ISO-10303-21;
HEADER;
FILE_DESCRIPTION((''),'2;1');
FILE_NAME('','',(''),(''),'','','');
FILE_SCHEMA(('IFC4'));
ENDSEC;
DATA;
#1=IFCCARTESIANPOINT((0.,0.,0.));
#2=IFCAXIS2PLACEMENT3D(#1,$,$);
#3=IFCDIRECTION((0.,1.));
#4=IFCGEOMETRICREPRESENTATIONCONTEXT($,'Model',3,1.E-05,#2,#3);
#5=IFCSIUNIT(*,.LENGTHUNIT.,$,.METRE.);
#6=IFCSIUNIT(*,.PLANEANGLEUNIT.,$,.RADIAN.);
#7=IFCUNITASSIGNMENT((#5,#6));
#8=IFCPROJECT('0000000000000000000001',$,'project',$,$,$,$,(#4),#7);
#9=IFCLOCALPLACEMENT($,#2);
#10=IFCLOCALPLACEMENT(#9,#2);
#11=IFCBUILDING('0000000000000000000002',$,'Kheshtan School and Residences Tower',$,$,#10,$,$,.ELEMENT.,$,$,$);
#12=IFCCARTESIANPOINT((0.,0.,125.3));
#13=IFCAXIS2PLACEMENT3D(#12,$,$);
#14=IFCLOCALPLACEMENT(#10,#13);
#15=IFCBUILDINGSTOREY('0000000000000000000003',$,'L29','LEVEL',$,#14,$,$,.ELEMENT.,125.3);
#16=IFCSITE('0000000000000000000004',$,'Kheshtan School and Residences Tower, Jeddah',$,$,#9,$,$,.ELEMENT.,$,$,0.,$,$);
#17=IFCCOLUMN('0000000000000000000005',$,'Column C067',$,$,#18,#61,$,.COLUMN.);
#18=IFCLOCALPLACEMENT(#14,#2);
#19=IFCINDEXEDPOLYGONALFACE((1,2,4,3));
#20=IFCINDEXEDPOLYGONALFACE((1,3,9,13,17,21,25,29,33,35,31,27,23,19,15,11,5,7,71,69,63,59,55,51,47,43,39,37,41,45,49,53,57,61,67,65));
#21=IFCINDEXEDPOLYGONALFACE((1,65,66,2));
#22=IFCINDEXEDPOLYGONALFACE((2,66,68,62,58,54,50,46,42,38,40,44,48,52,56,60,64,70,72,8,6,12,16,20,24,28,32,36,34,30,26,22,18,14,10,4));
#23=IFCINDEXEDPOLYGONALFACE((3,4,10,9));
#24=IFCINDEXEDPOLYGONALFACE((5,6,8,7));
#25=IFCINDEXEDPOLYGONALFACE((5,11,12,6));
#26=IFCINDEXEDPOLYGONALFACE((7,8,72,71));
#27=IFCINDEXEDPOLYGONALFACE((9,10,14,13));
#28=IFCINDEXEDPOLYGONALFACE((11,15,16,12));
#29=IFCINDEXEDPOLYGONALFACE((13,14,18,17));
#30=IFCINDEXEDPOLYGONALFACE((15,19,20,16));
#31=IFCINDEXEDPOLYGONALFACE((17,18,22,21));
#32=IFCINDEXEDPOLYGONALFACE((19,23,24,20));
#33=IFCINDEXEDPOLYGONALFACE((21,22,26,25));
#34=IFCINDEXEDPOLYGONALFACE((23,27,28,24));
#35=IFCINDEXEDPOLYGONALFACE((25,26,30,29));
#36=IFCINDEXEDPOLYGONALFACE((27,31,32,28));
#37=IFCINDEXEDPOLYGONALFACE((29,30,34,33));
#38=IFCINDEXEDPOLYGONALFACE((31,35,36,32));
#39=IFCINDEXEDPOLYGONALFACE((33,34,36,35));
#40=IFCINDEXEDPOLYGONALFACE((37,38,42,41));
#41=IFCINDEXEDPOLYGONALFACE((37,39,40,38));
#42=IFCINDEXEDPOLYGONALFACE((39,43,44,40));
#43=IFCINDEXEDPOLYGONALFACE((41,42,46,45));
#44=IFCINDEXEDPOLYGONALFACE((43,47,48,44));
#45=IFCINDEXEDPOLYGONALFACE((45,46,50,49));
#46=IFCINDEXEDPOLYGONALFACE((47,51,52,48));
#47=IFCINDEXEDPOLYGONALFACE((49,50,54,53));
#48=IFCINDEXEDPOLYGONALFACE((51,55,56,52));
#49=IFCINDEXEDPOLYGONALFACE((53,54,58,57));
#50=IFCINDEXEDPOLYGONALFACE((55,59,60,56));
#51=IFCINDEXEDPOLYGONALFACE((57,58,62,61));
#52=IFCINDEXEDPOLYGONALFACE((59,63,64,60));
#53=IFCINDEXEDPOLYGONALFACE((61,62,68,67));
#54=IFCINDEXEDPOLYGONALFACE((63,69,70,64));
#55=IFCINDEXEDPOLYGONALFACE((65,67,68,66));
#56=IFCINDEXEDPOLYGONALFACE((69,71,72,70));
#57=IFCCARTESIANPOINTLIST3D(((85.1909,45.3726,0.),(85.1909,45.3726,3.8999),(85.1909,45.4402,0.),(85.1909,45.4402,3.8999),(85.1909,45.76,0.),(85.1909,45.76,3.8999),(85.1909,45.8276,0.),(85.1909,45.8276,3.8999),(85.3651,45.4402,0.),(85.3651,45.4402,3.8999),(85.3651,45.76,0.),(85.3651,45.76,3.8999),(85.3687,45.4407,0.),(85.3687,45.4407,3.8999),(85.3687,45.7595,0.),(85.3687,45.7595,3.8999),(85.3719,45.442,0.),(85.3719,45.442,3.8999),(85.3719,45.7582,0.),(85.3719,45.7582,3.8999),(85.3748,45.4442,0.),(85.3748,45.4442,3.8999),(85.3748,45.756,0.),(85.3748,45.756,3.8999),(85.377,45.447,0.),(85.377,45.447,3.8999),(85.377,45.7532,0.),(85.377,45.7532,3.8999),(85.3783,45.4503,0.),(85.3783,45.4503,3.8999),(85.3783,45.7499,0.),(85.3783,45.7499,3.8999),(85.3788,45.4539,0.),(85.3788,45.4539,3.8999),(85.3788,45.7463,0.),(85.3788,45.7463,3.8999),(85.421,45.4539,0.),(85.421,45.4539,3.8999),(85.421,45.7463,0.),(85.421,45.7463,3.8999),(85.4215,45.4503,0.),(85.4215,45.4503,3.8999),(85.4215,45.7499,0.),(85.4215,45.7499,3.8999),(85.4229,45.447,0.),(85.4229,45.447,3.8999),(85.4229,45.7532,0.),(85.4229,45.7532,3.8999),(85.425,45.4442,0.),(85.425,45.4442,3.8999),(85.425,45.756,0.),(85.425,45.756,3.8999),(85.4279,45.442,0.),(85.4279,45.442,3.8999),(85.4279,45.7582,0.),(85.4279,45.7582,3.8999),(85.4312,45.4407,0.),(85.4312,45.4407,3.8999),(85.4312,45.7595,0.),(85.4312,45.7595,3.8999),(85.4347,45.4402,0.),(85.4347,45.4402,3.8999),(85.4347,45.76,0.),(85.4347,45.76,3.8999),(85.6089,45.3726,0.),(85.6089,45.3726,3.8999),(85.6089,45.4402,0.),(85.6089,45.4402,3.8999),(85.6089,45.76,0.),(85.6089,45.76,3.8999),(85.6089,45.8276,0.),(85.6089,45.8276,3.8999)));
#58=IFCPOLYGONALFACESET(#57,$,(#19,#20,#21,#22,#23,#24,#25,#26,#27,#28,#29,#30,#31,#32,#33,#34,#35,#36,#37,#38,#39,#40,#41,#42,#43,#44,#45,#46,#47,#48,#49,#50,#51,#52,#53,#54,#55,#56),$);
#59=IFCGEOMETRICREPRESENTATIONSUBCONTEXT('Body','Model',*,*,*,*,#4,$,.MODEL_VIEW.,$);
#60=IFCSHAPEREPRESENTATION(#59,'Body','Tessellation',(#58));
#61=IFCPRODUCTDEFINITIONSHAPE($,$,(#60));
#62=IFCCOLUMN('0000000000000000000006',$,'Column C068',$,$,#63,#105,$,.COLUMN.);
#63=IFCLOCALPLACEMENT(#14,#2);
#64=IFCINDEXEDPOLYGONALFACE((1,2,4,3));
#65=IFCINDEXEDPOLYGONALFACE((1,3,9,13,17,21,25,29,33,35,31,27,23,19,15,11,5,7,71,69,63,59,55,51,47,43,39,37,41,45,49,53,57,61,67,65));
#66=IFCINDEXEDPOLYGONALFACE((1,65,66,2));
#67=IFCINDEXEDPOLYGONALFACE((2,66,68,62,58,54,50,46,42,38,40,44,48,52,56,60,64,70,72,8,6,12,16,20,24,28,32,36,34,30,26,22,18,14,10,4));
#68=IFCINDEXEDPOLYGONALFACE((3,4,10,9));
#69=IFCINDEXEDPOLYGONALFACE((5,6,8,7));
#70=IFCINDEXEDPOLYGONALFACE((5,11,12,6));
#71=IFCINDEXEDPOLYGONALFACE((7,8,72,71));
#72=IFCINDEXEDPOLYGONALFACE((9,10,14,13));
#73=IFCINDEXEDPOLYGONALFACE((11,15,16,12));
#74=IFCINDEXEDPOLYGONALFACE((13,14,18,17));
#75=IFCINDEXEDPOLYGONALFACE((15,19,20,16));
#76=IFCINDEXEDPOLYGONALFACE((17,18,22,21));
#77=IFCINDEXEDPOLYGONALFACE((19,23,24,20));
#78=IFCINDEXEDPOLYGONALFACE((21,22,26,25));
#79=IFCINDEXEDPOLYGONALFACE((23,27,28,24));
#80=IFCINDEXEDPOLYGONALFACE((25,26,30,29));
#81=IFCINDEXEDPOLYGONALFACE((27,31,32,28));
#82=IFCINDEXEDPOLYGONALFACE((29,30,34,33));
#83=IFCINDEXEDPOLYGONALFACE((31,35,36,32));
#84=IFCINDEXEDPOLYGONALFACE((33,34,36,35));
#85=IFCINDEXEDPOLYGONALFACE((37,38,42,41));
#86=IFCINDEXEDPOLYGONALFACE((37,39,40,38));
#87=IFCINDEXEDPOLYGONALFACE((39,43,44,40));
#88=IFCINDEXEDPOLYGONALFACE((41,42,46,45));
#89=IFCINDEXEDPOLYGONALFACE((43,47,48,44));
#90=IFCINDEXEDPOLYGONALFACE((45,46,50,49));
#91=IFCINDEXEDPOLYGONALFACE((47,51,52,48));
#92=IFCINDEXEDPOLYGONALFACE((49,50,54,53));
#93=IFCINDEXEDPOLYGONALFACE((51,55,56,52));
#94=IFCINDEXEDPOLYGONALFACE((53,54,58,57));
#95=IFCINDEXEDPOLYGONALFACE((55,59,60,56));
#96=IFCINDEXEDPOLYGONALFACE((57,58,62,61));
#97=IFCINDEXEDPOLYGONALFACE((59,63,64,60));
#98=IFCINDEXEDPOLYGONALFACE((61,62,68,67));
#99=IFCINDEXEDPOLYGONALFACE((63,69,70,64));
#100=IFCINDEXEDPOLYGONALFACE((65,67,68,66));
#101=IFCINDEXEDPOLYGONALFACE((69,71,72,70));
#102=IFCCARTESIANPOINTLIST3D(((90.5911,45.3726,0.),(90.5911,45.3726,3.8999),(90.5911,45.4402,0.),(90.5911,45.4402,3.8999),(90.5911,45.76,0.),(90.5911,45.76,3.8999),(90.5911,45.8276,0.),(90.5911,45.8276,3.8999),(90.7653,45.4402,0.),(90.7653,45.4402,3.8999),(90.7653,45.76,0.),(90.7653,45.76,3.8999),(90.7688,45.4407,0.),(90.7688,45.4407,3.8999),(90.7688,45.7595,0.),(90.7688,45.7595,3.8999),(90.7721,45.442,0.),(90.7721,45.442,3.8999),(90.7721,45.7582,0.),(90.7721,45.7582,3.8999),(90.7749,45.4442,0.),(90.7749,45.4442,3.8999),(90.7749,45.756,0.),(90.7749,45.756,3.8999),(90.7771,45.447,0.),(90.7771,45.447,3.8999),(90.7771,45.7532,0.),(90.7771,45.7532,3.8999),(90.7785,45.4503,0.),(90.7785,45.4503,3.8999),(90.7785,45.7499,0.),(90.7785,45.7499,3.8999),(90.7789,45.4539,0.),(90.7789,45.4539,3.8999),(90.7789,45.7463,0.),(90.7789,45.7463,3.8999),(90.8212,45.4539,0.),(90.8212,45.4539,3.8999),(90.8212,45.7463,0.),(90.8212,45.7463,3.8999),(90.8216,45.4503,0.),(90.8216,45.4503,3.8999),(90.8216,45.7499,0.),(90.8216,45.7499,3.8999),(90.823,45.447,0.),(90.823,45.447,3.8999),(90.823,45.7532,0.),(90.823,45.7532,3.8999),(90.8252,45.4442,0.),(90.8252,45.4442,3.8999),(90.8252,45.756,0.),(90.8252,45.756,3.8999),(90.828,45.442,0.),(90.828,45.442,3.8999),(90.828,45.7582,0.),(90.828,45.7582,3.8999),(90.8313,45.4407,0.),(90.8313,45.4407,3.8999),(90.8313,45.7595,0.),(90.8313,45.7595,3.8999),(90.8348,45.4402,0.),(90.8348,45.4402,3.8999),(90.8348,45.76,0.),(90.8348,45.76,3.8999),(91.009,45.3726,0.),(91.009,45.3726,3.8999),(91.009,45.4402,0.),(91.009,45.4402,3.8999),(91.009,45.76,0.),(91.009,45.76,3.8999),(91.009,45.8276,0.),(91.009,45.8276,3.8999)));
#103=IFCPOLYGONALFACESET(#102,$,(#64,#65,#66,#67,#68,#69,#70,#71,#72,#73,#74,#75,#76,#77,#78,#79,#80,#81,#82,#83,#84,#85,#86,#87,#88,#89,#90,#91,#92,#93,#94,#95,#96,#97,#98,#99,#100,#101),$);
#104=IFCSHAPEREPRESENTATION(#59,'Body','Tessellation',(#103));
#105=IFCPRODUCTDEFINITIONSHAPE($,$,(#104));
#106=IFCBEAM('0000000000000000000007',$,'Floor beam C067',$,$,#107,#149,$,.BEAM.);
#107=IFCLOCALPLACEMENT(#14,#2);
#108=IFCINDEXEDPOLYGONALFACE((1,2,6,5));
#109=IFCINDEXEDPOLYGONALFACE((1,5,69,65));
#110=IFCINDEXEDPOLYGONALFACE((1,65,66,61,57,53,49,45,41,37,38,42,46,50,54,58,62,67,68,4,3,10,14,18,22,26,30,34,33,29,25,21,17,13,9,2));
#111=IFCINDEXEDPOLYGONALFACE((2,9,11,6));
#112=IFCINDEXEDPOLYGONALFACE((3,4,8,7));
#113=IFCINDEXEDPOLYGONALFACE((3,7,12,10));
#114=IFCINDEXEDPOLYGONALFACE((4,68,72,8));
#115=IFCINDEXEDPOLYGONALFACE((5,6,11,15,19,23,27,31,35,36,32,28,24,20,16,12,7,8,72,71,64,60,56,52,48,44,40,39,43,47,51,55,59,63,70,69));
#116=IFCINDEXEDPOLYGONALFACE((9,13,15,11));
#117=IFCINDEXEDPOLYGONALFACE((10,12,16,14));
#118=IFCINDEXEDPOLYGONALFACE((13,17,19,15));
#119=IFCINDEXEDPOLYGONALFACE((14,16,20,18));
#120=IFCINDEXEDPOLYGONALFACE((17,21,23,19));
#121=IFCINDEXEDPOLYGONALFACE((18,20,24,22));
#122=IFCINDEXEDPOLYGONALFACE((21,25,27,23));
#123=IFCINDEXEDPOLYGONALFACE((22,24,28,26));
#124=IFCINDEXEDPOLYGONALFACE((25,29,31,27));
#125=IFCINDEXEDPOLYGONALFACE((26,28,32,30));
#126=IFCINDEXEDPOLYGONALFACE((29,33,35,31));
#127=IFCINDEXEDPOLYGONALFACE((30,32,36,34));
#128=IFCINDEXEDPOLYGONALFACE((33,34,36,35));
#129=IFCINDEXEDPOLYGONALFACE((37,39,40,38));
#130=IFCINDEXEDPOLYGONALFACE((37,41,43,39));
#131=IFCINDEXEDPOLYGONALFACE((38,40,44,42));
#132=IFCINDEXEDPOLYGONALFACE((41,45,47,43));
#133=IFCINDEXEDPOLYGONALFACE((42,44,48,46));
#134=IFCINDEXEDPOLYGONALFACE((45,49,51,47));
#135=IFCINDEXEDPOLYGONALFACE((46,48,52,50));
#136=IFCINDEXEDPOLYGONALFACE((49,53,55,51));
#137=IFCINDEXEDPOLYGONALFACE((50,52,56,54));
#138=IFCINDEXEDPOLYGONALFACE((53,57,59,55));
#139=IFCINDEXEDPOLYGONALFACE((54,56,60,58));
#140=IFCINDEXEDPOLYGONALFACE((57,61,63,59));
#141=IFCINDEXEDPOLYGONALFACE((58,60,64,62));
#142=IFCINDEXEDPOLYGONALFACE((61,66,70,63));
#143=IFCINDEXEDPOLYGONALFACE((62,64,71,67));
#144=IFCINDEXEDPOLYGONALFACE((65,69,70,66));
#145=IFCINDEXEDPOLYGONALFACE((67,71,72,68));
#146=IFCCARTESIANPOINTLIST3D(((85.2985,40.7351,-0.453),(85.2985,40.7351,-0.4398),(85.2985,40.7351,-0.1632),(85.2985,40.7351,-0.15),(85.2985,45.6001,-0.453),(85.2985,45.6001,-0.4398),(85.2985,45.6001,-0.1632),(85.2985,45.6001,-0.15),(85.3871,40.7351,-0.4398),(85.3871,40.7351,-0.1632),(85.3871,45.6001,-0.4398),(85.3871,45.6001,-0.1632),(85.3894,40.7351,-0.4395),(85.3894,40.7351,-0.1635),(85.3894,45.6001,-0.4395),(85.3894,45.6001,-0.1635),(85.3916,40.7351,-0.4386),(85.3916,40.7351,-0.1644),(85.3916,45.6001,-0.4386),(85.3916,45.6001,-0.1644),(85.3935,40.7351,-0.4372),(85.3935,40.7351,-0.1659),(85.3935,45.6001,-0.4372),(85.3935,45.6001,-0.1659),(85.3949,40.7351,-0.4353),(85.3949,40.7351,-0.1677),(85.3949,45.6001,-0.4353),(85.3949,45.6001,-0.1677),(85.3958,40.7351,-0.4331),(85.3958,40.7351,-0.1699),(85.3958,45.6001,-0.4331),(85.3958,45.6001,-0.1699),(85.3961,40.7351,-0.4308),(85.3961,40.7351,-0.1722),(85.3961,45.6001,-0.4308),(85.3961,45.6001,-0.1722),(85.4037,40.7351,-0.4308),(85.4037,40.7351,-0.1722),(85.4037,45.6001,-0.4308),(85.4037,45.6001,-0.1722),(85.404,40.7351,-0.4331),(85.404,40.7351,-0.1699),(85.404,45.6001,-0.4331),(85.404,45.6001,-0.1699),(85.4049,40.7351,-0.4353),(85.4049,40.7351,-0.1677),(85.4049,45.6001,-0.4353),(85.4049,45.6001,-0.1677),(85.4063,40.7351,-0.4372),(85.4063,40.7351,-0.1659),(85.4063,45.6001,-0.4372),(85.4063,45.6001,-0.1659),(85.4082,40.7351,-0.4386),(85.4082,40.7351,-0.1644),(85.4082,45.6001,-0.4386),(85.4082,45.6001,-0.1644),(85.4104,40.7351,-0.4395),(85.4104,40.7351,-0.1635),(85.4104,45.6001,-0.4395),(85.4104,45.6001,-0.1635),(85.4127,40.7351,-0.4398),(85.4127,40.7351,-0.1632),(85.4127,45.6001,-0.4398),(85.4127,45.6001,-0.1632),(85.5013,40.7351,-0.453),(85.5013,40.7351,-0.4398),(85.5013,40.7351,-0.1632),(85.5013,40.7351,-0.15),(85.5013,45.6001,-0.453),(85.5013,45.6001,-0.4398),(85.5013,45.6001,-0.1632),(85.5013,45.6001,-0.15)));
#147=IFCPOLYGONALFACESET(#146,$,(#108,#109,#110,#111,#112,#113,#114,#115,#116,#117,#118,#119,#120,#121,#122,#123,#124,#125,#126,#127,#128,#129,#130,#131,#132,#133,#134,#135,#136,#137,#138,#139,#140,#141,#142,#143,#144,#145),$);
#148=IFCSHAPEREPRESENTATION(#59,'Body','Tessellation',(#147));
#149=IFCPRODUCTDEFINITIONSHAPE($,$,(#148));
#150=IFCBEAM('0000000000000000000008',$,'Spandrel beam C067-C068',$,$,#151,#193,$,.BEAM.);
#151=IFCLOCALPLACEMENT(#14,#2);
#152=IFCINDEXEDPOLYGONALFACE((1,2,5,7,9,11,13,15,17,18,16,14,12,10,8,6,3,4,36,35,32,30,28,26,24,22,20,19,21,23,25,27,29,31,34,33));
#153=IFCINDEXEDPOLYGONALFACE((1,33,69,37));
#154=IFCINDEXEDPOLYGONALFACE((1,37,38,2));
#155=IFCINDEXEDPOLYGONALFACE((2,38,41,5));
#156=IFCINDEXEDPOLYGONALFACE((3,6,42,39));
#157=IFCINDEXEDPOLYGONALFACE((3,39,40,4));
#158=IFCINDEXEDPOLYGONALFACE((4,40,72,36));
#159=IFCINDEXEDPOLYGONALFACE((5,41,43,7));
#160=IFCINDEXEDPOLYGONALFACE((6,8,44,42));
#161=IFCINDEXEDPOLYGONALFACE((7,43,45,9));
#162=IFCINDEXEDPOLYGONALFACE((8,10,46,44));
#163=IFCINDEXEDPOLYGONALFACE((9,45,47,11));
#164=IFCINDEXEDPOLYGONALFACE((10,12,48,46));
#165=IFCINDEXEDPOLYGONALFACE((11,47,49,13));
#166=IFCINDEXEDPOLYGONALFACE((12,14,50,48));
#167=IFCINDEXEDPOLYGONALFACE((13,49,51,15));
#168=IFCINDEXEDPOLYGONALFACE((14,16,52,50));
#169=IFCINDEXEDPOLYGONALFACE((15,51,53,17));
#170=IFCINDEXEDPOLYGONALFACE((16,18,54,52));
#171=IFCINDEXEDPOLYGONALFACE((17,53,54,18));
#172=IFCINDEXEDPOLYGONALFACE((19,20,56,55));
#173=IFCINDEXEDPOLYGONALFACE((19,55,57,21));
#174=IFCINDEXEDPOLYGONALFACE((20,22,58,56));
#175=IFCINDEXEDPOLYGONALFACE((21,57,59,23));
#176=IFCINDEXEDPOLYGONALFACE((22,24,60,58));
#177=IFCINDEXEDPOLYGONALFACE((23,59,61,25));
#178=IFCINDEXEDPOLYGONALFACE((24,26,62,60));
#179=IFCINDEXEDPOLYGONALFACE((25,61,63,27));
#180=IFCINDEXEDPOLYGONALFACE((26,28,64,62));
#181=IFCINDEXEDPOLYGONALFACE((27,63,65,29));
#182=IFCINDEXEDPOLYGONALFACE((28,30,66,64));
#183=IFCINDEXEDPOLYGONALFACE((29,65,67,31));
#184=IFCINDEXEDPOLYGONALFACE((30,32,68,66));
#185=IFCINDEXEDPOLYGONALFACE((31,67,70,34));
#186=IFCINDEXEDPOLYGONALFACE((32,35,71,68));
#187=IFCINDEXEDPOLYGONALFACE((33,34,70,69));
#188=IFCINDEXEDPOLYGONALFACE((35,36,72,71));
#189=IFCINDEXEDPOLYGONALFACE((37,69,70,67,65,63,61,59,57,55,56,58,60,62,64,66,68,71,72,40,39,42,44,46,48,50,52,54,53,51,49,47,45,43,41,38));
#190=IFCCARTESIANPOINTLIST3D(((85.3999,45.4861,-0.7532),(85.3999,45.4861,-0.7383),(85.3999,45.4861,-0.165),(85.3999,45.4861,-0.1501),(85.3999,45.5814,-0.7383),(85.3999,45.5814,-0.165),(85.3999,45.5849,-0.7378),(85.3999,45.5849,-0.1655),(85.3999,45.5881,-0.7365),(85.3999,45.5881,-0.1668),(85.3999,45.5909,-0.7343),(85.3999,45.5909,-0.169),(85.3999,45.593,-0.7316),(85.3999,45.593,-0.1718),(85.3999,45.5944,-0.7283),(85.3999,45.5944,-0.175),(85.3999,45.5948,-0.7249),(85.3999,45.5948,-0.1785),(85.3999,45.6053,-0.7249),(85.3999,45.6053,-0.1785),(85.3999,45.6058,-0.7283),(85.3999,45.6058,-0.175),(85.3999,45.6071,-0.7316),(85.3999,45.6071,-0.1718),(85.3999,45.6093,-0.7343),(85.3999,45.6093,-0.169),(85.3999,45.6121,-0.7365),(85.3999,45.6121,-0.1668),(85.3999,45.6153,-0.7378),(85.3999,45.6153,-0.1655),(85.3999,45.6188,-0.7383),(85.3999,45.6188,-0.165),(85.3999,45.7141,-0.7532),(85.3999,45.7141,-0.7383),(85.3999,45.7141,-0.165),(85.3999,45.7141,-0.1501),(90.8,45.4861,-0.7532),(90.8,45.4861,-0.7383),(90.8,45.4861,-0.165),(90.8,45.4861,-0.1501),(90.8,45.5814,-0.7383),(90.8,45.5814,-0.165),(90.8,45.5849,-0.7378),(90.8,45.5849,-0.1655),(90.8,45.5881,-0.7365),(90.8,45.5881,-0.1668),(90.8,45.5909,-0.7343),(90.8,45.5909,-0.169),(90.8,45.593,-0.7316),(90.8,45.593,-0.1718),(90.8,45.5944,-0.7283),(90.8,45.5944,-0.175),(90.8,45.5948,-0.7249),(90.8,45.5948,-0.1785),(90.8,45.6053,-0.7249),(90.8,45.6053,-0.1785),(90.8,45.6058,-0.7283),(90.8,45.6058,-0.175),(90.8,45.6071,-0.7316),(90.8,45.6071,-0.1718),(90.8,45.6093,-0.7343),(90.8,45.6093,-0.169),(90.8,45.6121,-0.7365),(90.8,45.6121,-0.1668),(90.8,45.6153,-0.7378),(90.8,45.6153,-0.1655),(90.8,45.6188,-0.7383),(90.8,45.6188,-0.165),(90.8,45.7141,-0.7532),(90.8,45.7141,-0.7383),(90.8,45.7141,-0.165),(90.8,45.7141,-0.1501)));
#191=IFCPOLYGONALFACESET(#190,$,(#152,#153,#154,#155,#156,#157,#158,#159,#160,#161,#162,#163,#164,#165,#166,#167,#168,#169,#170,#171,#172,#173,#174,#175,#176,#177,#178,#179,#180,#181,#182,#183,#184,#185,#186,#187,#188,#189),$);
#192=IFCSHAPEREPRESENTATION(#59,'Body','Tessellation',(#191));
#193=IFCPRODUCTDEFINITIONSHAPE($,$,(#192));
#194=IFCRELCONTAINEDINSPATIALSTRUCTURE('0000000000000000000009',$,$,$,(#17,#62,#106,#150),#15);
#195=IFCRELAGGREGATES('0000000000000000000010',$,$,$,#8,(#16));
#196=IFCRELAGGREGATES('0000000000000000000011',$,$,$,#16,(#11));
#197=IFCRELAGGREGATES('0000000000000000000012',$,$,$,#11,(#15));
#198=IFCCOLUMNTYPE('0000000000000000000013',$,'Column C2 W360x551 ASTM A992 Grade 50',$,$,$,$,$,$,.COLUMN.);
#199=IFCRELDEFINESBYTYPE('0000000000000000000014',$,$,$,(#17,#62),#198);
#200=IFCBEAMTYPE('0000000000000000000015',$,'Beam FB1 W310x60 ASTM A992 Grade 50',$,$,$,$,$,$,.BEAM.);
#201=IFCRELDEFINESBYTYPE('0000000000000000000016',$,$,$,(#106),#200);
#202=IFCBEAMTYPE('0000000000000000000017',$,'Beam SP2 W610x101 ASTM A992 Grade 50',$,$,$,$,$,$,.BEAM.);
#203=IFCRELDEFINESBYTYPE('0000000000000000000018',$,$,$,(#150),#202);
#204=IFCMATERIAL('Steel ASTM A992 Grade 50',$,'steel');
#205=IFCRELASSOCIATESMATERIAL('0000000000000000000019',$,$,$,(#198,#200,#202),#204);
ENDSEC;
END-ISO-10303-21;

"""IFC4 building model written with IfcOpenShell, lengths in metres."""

from ifc_helpers import new_model, si_unit, direction, frame, origin, origin_2d, place, context, subcontext, project, spatial, i_section, extrude, material, material_profile, profile_set, type_object, element, save


model = new_model("IFC4")

# Units and contexts
model_context = context("Model", 3, precision=1e-05, world=origin(), true_north=direction((0.0, 1.0)))
body_context = subcontext(model_context, "Body", "Model", "MODEL_VIEW")
ifc_project = project(units=[si_unit("LENGTHUNIT", "METRE"), si_unit("PLANEANGLEUNIT", "RADIAN")], contexts=[model_context])

# Site, building, storey
site_placement = place(None, origin())
site = spatial("IfcSite", under=ifc_project, at=site_placement, Name="Kheshtan School and Residences Tower, Jeddah", CompositionType="ELEMENT", RefElevation=0.0)
building_placement = place(site_placement, origin())
building = spatial("IfcBuilding", under=site, at=building_placement, Name="Kheshtan School and Residences Tower", CompositionType="ELEMENT")
storey_placement = place(building_placement, frame((0.0, 0.0, 125.3)))
storey = spatial("IfcBuildingStorey", under=building, at=storey_placement, Name="L29", Description="LEVEL", CompositionType="ELEMENT", Elevation=125.3)

# Columns
ifc_material_1 = material(Name="Steel ASTM A992 Grade 50", Category="steel")
ifc_material_profile_1 = material_profile(ifc_material_1, i_section(OverallWidth=0.418, OverallDepth=0.4551, WebThickness=0.0422, FlangeThickness=0.0676, FilletRadius=0.0137, at=origin_2d()), Name="W360x551")
ifc_profile_set_1 = profile_set([ifc_material_profile_1], Name="Steel ASTM A992 Grade 50")
column_type = type_object("IfcColumnType", Name="Column C2 W360x551 ASTM A992 Grade 50", PredefinedType="COLUMN", material=ifc_profile_set_1)
for number, where, z_axis, x_axis, name in (
    (1, (85.3999, 45.6001, 0.0), (0.0, 0.0, 1.0), (1.0, 0.0, 0.0), "Column C067"),
    (2, (90.8, 45.6001, 0.0), (0.0, 0.0, 1.0), (1.0, 0.0, 0.0), "Column C068"),
):
    element("IfcColumn", number, at=place(storey_placement, frame(where, z_axis=z_axis, x_axis=x_axis)), inside=storey, type_object=column_type, Name=name, PredefinedType="COLUMN", context=body_context, shape_type="SweptSolid", body=[
        extrude(i_section(OverallWidth=0.418, OverallDepth=0.4551, WebThickness=0.0422, FlangeThickness=0.0676, FilletRadius=0.0137, at=origin_2d()), origin(), (0.0, 0.0, 1.0), 3.8999),
    ])

# Beams
ifc_material_profile_2 = material_profile(ifc_material_1, i_section(OverallWidth=0.2029, OverallDepth=0.303, WebThickness=0.0076, FlangeThickness=0.0132, FilletRadius=0.009, at=origin_2d()), Name="W310x60")
ifc_profile_set_2 = profile_set([ifc_material_profile_2], Name="Steel ASTM A992 Grade 50")
beam_type_1 = type_object("IfcBeamType", Name="Beam FB1 W310x60 ASTM A992 Grade 50", PredefinedType="BEAM", material=ifc_profile_set_2)
beam_1_placement = place(storey_placement, frame((85.3999, 45.6001, -0.3015), z_axis=(0.0, -1.0, 0.0), x_axis=(1.0, 0.0, 0.0)))
element("IfcBeam", 3, at=beam_1_placement, inside=storey, type_object=beam_type_1, Name="Floor beam C067", PredefinedType="BEAM", context=body_context, shape_type="SweptSolid", body=[
    extrude(i_section(OverallWidth=0.2029, OverallDepth=0.303, WebThickness=0.0076, FlangeThickness=0.0132, FilletRadius=0.009, at=origin_2d()), origin(), (0.0, 0.0, 1.0), 4.865),
])
ifc_material_profile_3 = material_profile(ifc_material_1, i_section(OverallWidth=0.228, OverallDepth=0.603, WebThickness=0.0105, FlangeThickness=0.0149, FilletRadius=0.0134, at=origin_2d()), Name="W610x101")
ifc_profile_set_3 = profile_set([ifc_material_profile_3], Name="Steel ASTM A992 Grade 50")
beam_type_2 = type_object("IfcBeamType", Name="Beam SP2 W610x101 ASTM A992 Grade 50", PredefinedType="BEAM", material=ifc_profile_set_3)
beam_2_placement = place(storey_placement, frame((85.3999, 45.6001, -0.4517), z_axis=(1.0, 0.0, 0.0), x_axis=(0.0, 1.0, 0.0)))
element("IfcBeam", 4, at=beam_2_placement, inside=storey, type_object=beam_type_2, Name="Spandrel beam C067-C068", PredefinedType="BEAM", context=body_context, shape_type="SweptSolid", body=[
    extrude(i_section(OverallWidth=0.228, OverallDepth=0.603, WebThickness=0.0105, FlangeThickness=0.0149, FilletRadius=0.0134, at=origin_2d()), origin(), (0.0, 0.0, 1.0), 5.4001),
])

save(model, "model.ifc")
